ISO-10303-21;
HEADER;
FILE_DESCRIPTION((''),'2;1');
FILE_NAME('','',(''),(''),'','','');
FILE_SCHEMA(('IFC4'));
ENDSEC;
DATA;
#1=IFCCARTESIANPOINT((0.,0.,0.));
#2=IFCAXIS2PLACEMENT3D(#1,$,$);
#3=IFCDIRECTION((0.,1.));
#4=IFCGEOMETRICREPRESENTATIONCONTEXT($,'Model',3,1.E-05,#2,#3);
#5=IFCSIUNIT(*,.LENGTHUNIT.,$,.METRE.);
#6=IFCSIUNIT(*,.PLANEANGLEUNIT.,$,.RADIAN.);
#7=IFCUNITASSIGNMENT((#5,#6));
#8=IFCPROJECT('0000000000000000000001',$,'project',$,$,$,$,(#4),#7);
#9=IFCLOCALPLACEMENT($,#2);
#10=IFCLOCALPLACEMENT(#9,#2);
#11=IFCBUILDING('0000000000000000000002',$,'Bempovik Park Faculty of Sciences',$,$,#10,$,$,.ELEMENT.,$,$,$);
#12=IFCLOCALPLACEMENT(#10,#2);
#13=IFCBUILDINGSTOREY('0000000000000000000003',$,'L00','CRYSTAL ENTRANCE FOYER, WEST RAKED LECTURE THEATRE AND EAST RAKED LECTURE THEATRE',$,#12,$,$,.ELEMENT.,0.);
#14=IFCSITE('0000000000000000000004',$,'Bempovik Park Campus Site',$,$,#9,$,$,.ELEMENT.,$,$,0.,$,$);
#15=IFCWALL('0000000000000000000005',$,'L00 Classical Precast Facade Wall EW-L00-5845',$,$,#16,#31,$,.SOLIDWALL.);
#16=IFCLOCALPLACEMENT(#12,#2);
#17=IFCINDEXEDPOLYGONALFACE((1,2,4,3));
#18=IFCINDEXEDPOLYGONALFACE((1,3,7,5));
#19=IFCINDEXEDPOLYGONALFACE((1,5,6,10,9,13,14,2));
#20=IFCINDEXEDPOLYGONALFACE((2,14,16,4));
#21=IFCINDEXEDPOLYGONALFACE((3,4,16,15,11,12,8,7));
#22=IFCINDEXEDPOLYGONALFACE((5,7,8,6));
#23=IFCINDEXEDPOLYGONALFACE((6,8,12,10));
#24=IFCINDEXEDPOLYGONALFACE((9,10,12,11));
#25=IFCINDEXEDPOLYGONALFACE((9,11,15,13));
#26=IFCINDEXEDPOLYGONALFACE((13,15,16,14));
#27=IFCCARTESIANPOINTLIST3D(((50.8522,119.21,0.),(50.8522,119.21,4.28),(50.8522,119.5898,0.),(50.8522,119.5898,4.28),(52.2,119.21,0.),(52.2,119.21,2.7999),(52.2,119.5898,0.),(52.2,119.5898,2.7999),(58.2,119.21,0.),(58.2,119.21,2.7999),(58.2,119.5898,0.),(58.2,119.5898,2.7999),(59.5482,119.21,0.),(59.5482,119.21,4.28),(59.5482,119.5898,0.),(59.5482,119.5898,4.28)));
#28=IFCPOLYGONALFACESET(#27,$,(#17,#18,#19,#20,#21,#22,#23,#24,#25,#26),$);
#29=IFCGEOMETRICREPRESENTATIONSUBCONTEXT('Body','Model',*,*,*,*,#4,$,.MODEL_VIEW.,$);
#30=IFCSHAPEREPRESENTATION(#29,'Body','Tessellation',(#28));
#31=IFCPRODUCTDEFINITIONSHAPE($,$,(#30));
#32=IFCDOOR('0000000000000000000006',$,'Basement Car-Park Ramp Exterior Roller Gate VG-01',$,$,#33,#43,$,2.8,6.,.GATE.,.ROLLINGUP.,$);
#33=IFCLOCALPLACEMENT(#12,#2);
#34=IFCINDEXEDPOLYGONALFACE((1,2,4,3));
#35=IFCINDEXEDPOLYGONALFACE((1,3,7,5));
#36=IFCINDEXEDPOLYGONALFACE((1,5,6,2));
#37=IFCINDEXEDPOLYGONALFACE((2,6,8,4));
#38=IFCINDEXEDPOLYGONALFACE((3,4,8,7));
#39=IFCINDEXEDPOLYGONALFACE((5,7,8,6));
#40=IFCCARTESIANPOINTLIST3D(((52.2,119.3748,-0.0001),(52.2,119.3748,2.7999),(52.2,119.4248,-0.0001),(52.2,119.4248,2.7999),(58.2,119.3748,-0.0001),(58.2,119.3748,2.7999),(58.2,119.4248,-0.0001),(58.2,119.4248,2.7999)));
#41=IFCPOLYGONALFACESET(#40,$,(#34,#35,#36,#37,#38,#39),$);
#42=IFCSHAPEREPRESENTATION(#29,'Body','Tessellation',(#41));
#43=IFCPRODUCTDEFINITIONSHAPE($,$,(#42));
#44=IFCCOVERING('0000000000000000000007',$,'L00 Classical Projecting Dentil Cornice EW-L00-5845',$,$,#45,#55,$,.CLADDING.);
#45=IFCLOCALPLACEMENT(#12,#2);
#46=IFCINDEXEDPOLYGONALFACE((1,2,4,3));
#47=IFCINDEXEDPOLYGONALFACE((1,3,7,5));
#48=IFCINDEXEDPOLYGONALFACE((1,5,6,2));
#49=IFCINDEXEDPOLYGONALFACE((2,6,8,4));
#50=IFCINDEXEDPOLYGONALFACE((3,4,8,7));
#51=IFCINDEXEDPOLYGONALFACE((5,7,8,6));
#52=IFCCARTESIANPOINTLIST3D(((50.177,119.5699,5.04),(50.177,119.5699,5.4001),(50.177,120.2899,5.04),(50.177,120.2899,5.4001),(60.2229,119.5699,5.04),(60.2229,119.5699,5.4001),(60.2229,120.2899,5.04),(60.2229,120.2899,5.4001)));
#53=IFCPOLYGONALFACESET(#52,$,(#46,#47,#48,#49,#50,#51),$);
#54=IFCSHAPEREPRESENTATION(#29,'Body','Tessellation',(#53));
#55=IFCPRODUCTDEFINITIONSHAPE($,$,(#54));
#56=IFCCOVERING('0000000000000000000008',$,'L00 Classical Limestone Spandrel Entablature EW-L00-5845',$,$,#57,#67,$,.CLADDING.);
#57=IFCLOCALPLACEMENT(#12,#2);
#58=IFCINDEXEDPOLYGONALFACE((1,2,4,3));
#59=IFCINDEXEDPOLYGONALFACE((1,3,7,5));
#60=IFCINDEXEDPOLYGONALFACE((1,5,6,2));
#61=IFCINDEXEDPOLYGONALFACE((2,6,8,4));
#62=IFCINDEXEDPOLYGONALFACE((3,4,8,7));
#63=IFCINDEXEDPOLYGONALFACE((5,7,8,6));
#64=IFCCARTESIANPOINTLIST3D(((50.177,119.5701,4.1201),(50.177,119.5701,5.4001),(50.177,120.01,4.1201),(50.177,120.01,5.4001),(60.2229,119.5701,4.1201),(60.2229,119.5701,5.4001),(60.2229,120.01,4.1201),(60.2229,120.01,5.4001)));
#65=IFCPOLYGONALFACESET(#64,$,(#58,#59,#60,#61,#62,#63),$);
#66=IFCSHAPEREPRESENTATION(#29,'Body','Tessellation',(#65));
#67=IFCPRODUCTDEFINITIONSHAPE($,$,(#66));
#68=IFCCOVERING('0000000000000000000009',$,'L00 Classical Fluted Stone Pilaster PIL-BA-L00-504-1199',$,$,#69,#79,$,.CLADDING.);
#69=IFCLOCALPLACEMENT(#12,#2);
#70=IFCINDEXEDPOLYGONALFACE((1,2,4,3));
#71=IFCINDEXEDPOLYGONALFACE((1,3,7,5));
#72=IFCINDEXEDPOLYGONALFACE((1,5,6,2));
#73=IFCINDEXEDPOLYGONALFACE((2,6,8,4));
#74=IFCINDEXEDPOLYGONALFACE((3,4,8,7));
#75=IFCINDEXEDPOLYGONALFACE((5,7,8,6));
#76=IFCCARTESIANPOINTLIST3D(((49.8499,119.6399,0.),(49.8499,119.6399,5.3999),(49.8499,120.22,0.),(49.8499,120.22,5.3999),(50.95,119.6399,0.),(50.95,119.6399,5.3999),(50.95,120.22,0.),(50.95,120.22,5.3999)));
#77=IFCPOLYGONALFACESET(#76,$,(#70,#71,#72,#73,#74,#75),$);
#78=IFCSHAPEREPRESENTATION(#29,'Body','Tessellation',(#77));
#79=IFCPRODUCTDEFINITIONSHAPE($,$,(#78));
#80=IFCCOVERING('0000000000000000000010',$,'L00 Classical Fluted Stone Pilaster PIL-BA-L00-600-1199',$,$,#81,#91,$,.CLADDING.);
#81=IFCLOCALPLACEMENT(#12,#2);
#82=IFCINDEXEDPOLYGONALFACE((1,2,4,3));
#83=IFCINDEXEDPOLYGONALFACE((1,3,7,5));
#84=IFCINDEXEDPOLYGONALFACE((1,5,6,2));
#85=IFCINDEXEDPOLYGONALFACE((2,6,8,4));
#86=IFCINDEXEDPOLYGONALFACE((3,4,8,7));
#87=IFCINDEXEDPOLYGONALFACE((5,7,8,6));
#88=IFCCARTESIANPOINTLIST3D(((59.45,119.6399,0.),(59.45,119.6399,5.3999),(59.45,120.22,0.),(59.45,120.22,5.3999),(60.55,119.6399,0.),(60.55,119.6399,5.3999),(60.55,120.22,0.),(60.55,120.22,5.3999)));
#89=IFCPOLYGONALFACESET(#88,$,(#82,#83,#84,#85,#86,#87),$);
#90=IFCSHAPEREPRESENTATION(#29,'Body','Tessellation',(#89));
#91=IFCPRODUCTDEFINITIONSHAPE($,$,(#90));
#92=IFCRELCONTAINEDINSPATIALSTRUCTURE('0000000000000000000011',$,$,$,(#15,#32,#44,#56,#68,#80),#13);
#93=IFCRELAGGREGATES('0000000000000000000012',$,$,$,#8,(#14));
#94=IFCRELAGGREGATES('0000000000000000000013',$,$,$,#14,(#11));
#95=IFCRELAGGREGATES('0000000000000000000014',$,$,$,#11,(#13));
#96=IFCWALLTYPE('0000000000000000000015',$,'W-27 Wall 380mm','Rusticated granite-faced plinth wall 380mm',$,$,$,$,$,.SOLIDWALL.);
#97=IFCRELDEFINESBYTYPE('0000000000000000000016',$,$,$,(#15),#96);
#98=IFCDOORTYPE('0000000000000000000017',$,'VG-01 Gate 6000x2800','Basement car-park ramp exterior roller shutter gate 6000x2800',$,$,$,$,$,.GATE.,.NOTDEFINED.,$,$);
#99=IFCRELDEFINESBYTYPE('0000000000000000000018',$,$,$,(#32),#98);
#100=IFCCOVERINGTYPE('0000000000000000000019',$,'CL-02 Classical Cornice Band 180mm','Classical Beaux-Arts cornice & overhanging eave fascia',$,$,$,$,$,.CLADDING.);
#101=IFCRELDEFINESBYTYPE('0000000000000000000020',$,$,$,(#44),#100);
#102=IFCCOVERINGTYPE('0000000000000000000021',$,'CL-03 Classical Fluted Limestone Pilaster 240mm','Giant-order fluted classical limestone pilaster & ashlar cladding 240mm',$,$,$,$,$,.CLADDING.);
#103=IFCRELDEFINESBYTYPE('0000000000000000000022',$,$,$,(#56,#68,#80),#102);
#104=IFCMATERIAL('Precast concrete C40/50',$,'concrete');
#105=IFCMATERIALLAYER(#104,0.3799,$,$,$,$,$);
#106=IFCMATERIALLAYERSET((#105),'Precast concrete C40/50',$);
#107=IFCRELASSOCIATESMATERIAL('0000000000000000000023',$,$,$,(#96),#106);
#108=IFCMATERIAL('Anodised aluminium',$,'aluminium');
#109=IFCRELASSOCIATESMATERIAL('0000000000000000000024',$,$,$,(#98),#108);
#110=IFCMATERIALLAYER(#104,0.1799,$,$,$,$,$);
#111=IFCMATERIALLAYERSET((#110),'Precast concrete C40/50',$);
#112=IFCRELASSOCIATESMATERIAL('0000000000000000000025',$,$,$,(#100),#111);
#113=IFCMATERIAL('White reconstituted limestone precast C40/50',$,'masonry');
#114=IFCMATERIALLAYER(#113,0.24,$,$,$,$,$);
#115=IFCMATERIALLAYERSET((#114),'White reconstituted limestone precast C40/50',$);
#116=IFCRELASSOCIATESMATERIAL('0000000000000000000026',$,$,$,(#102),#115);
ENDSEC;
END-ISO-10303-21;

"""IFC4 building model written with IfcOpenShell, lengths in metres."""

from ifc_helpers import new_model, si_unit, direction, frame, frame_2d, origin, origin_2d, place, context, subcontext, project, spatial, rectangle, extrude, material, layer, layer_set, type_object, element, fill, save


model = new_model("IFC4")

# Units and contexts
model_context = context("Model", 3, precision=1e-05, world=origin(), true_north=direction((0.0, 1.0)))
body_context = subcontext(model_context, "Body", "Model", "MODEL_VIEW")
ifc_project = project(units=[si_unit("LENGTHUNIT", "METRE"), si_unit("PLANEANGLEUNIT", "RADIAN")], contexts=[model_context])

# Site, building, storey
site_placement = place(None, origin())
site = spatial("IfcSite", under=ifc_project, at=site_placement, Name="Bempovik Park Campus Site", CompositionType="ELEMENT", RefElevation=0.0)
building_placement = place(site_placement, origin())
building = spatial("IfcBuilding", under=site, at=building_placement, Name="Bempovik Park Faculty of Sciences", CompositionType="ELEMENT")
storey_placement = place(building_placement, origin())
storey = spatial("IfcBuildingStorey", under=building, at=storey_placement, Name="L00", Description="CRYSTAL ENTRANCE FOYER, WEST RAKED LECTURE THEATRE AND EAST RAKED LECTURE THEATRE", CompositionType="ELEMENT", Elevation=0.0)

# Shared definitions
ifc_material_1 = material(Name="Precast concrete C40/50", Category="concrete")
ifc_layer_1 = layer(ifc_material_1, 0.3799)
ifc_layer_set_1 = layer_set([ifc_layer_1], Name="Precast concrete C40/50")
wall_type = type_object("IfcWallType", Name="W-27 Wall 380mm", Description="Rusticated granite-faced plinth wall 380mm", PredefinedType="SOLIDWALL", material=ifc_layer_set_1)

# Wall, opening, door
wall_1_placement = place(storey_placement, frame((50.8521, 119.3999, 0.0), z_axis=(0.0, 0.0, 1.0), x_axis=(1.0, 0.0, 0.0)))
wall_1 = element("IfcWall", 1, at=wall_1_placement, inside=storey, type_object=wall_type, Name="L00 Classical Precast Facade Wall EW-L00-5845", PredefinedType="SOLIDWALL", context=body_context, shape_type="SweptSolid", body=[
    extrude(rectangle(XDim=8.696, YDim=0.3799, at=frame_2d((4.3481, 0.0))), origin(), (0.0, 0.0, 1.0), 4.28),
])
opening_1_placement = place(wall_1_placement, frame((1.3479, 0.0, 0.0)))
opening_1 = element("IfcOpeningElement", 2, at=opening_1_placement, cuts=wall_1, PredefinedType="OPENING", context=body_context, shape_type="SweptSolid", body=[
    extrude(rectangle(XDim=6.0, YDim=2.8, at=frame_2d((3.0, 1.3999))), frame((0.0, 0.2, 0.0), z_axis=(0.0, -1.0, 0.0), x_axis=(1.0, 0.0, 0.0)), (0.0, 0.0, 1.0), 0.3999),
])
ifc_material_2 = material(Name="Anodised aluminium", Category="aluminium")
door_type = type_object("IfcDoorType", Name="VG-01 Gate 6000x2800", Description="Basement car-park ramp exterior roller shutter gate 6000x2800", OperationType="NOTDEFINED", PredefinedType="GATE", material=ifc_material_2)
door_placement = place(opening_1_placement, origin())
door = element("IfcDoor", 3, at=door_placement, inside=storey, type_object=door_type, Name="Basement Car-Park Ramp Exterior Roller Gate VG-01", OperationType="ROLLINGUP", OverallHeight=2.8, OverallWidth=6.0, PredefinedType="GATE", context=body_context, shape_type="SweptSolid", body=[
    extrude(rectangle(XDim=6.0, YDim=2.8, at=frame_2d((3.0, 1.3999))), frame((0.0, 0.0249, 0.0), z_axis=(0.0, -1.0, 0.0), x_axis=(1.0, 0.0, 0.0)), (0.0, 0.0, 1.0), 0.05),
])
fill(opening_1, door)

# Coverings
ifc_layer_2 = layer(ifc_material_1, 0.1799)
ifc_layer_set_2 = layer_set([ifc_layer_2], Name="Precast concrete C40/50")
covering_type_1 = type_object("IfcCoveringType", Name="CL-02 Classical Cornice Band 180mm", Description="Classical Beaux-Arts cornice & overhanging eave fascia", PredefinedType="CLADDING", material=ifc_layer_set_2)
covering_1_placement = place(storey_placement, frame((55.2, 119.9299, 5.04), z_axis=(0.0, 0.0, 1.0), x_axis=(1.0, 0.0, 0.0)))
element("IfcCovering", 4, at=covering_1_placement, inside=storey, type_object=covering_type_1, Name="L00 Classical Projecting Dentil Cornice EW-L00-5845", PredefinedType="CLADDING", context=body_context, shape_type="SweptSolid", body=[
    extrude(rectangle(XDim=10.0459, YDim=0.72, at=origin_2d()), origin(), (0.0, 0.0, 1.0), 0.3601),
])
ifc_material_3 = material(Name="White reconstituted limestone precast C40/50", Category="masonry")
ifc_layer_3 = layer(ifc_material_3, 0.24)
ifc_layer_set_3 = layer_set([ifc_layer_3], Name="White reconstituted limestone precast C40/50")
covering_type_2 = type_object("IfcCoveringType", Name="CL-03 Classical Fluted Limestone Pilaster 240mm", Description="Giant-order fluted classical limestone pilaster & ashlar cladding 240mm", PredefinedType="CLADDING", material=ifc_layer_set_3)
covering_2_placement = place(storey_placement, frame((55.2, 119.79, 4.1201), z_axis=(0.0, 0.0, 1.0), x_axis=(1.0, 0.0, 0.0)))
element("IfcCovering", 5, at=covering_2_placement, inside=storey, type_object=covering_type_2, Name="L00 Classical Limestone Spandrel Entablature EW-L00-5845", PredefinedType="CLADDING", context=body_context, shape_type="SweptSolid", body=[
    extrude(rectangle(XDim=10.0459, YDim=0.4399, at=origin_2d()), origin(), (0.0, 0.0, 1.0), 1.28),
])
for number, where, z_axis, x_axis, name in (
    (6, (50.3999, 119.9299, 0.0), (0.0, 0.0, 1.0), (1.0, 0.0, 0.0), "L00 Classical Fluted Stone Pilaster PIL-BA-L00-504-1199"),
    (7, (60.0, 119.9299, 0.0), (0.0, 0.0, 1.0), (1.0, 0.0, 0.0), "L00 Classical Fluted Stone Pilaster PIL-BA-L00-600-1199"),
):
    element("IfcCovering", number, at=place(storey_placement, frame(where, z_axis=z_axis, x_axis=x_axis)), inside=storey, type_object=covering_type_2, Name=name, PredefinedType="CLADDING", context=body_context, shape_type="SweptSolid", body=[
        extrude(rectangle(XDim=1.1001, YDim=0.5801, at=origin_2d()), origin(), (0.0, 0.0, 1.0), 5.3999),
    ])

save(model, "model.ifc")
